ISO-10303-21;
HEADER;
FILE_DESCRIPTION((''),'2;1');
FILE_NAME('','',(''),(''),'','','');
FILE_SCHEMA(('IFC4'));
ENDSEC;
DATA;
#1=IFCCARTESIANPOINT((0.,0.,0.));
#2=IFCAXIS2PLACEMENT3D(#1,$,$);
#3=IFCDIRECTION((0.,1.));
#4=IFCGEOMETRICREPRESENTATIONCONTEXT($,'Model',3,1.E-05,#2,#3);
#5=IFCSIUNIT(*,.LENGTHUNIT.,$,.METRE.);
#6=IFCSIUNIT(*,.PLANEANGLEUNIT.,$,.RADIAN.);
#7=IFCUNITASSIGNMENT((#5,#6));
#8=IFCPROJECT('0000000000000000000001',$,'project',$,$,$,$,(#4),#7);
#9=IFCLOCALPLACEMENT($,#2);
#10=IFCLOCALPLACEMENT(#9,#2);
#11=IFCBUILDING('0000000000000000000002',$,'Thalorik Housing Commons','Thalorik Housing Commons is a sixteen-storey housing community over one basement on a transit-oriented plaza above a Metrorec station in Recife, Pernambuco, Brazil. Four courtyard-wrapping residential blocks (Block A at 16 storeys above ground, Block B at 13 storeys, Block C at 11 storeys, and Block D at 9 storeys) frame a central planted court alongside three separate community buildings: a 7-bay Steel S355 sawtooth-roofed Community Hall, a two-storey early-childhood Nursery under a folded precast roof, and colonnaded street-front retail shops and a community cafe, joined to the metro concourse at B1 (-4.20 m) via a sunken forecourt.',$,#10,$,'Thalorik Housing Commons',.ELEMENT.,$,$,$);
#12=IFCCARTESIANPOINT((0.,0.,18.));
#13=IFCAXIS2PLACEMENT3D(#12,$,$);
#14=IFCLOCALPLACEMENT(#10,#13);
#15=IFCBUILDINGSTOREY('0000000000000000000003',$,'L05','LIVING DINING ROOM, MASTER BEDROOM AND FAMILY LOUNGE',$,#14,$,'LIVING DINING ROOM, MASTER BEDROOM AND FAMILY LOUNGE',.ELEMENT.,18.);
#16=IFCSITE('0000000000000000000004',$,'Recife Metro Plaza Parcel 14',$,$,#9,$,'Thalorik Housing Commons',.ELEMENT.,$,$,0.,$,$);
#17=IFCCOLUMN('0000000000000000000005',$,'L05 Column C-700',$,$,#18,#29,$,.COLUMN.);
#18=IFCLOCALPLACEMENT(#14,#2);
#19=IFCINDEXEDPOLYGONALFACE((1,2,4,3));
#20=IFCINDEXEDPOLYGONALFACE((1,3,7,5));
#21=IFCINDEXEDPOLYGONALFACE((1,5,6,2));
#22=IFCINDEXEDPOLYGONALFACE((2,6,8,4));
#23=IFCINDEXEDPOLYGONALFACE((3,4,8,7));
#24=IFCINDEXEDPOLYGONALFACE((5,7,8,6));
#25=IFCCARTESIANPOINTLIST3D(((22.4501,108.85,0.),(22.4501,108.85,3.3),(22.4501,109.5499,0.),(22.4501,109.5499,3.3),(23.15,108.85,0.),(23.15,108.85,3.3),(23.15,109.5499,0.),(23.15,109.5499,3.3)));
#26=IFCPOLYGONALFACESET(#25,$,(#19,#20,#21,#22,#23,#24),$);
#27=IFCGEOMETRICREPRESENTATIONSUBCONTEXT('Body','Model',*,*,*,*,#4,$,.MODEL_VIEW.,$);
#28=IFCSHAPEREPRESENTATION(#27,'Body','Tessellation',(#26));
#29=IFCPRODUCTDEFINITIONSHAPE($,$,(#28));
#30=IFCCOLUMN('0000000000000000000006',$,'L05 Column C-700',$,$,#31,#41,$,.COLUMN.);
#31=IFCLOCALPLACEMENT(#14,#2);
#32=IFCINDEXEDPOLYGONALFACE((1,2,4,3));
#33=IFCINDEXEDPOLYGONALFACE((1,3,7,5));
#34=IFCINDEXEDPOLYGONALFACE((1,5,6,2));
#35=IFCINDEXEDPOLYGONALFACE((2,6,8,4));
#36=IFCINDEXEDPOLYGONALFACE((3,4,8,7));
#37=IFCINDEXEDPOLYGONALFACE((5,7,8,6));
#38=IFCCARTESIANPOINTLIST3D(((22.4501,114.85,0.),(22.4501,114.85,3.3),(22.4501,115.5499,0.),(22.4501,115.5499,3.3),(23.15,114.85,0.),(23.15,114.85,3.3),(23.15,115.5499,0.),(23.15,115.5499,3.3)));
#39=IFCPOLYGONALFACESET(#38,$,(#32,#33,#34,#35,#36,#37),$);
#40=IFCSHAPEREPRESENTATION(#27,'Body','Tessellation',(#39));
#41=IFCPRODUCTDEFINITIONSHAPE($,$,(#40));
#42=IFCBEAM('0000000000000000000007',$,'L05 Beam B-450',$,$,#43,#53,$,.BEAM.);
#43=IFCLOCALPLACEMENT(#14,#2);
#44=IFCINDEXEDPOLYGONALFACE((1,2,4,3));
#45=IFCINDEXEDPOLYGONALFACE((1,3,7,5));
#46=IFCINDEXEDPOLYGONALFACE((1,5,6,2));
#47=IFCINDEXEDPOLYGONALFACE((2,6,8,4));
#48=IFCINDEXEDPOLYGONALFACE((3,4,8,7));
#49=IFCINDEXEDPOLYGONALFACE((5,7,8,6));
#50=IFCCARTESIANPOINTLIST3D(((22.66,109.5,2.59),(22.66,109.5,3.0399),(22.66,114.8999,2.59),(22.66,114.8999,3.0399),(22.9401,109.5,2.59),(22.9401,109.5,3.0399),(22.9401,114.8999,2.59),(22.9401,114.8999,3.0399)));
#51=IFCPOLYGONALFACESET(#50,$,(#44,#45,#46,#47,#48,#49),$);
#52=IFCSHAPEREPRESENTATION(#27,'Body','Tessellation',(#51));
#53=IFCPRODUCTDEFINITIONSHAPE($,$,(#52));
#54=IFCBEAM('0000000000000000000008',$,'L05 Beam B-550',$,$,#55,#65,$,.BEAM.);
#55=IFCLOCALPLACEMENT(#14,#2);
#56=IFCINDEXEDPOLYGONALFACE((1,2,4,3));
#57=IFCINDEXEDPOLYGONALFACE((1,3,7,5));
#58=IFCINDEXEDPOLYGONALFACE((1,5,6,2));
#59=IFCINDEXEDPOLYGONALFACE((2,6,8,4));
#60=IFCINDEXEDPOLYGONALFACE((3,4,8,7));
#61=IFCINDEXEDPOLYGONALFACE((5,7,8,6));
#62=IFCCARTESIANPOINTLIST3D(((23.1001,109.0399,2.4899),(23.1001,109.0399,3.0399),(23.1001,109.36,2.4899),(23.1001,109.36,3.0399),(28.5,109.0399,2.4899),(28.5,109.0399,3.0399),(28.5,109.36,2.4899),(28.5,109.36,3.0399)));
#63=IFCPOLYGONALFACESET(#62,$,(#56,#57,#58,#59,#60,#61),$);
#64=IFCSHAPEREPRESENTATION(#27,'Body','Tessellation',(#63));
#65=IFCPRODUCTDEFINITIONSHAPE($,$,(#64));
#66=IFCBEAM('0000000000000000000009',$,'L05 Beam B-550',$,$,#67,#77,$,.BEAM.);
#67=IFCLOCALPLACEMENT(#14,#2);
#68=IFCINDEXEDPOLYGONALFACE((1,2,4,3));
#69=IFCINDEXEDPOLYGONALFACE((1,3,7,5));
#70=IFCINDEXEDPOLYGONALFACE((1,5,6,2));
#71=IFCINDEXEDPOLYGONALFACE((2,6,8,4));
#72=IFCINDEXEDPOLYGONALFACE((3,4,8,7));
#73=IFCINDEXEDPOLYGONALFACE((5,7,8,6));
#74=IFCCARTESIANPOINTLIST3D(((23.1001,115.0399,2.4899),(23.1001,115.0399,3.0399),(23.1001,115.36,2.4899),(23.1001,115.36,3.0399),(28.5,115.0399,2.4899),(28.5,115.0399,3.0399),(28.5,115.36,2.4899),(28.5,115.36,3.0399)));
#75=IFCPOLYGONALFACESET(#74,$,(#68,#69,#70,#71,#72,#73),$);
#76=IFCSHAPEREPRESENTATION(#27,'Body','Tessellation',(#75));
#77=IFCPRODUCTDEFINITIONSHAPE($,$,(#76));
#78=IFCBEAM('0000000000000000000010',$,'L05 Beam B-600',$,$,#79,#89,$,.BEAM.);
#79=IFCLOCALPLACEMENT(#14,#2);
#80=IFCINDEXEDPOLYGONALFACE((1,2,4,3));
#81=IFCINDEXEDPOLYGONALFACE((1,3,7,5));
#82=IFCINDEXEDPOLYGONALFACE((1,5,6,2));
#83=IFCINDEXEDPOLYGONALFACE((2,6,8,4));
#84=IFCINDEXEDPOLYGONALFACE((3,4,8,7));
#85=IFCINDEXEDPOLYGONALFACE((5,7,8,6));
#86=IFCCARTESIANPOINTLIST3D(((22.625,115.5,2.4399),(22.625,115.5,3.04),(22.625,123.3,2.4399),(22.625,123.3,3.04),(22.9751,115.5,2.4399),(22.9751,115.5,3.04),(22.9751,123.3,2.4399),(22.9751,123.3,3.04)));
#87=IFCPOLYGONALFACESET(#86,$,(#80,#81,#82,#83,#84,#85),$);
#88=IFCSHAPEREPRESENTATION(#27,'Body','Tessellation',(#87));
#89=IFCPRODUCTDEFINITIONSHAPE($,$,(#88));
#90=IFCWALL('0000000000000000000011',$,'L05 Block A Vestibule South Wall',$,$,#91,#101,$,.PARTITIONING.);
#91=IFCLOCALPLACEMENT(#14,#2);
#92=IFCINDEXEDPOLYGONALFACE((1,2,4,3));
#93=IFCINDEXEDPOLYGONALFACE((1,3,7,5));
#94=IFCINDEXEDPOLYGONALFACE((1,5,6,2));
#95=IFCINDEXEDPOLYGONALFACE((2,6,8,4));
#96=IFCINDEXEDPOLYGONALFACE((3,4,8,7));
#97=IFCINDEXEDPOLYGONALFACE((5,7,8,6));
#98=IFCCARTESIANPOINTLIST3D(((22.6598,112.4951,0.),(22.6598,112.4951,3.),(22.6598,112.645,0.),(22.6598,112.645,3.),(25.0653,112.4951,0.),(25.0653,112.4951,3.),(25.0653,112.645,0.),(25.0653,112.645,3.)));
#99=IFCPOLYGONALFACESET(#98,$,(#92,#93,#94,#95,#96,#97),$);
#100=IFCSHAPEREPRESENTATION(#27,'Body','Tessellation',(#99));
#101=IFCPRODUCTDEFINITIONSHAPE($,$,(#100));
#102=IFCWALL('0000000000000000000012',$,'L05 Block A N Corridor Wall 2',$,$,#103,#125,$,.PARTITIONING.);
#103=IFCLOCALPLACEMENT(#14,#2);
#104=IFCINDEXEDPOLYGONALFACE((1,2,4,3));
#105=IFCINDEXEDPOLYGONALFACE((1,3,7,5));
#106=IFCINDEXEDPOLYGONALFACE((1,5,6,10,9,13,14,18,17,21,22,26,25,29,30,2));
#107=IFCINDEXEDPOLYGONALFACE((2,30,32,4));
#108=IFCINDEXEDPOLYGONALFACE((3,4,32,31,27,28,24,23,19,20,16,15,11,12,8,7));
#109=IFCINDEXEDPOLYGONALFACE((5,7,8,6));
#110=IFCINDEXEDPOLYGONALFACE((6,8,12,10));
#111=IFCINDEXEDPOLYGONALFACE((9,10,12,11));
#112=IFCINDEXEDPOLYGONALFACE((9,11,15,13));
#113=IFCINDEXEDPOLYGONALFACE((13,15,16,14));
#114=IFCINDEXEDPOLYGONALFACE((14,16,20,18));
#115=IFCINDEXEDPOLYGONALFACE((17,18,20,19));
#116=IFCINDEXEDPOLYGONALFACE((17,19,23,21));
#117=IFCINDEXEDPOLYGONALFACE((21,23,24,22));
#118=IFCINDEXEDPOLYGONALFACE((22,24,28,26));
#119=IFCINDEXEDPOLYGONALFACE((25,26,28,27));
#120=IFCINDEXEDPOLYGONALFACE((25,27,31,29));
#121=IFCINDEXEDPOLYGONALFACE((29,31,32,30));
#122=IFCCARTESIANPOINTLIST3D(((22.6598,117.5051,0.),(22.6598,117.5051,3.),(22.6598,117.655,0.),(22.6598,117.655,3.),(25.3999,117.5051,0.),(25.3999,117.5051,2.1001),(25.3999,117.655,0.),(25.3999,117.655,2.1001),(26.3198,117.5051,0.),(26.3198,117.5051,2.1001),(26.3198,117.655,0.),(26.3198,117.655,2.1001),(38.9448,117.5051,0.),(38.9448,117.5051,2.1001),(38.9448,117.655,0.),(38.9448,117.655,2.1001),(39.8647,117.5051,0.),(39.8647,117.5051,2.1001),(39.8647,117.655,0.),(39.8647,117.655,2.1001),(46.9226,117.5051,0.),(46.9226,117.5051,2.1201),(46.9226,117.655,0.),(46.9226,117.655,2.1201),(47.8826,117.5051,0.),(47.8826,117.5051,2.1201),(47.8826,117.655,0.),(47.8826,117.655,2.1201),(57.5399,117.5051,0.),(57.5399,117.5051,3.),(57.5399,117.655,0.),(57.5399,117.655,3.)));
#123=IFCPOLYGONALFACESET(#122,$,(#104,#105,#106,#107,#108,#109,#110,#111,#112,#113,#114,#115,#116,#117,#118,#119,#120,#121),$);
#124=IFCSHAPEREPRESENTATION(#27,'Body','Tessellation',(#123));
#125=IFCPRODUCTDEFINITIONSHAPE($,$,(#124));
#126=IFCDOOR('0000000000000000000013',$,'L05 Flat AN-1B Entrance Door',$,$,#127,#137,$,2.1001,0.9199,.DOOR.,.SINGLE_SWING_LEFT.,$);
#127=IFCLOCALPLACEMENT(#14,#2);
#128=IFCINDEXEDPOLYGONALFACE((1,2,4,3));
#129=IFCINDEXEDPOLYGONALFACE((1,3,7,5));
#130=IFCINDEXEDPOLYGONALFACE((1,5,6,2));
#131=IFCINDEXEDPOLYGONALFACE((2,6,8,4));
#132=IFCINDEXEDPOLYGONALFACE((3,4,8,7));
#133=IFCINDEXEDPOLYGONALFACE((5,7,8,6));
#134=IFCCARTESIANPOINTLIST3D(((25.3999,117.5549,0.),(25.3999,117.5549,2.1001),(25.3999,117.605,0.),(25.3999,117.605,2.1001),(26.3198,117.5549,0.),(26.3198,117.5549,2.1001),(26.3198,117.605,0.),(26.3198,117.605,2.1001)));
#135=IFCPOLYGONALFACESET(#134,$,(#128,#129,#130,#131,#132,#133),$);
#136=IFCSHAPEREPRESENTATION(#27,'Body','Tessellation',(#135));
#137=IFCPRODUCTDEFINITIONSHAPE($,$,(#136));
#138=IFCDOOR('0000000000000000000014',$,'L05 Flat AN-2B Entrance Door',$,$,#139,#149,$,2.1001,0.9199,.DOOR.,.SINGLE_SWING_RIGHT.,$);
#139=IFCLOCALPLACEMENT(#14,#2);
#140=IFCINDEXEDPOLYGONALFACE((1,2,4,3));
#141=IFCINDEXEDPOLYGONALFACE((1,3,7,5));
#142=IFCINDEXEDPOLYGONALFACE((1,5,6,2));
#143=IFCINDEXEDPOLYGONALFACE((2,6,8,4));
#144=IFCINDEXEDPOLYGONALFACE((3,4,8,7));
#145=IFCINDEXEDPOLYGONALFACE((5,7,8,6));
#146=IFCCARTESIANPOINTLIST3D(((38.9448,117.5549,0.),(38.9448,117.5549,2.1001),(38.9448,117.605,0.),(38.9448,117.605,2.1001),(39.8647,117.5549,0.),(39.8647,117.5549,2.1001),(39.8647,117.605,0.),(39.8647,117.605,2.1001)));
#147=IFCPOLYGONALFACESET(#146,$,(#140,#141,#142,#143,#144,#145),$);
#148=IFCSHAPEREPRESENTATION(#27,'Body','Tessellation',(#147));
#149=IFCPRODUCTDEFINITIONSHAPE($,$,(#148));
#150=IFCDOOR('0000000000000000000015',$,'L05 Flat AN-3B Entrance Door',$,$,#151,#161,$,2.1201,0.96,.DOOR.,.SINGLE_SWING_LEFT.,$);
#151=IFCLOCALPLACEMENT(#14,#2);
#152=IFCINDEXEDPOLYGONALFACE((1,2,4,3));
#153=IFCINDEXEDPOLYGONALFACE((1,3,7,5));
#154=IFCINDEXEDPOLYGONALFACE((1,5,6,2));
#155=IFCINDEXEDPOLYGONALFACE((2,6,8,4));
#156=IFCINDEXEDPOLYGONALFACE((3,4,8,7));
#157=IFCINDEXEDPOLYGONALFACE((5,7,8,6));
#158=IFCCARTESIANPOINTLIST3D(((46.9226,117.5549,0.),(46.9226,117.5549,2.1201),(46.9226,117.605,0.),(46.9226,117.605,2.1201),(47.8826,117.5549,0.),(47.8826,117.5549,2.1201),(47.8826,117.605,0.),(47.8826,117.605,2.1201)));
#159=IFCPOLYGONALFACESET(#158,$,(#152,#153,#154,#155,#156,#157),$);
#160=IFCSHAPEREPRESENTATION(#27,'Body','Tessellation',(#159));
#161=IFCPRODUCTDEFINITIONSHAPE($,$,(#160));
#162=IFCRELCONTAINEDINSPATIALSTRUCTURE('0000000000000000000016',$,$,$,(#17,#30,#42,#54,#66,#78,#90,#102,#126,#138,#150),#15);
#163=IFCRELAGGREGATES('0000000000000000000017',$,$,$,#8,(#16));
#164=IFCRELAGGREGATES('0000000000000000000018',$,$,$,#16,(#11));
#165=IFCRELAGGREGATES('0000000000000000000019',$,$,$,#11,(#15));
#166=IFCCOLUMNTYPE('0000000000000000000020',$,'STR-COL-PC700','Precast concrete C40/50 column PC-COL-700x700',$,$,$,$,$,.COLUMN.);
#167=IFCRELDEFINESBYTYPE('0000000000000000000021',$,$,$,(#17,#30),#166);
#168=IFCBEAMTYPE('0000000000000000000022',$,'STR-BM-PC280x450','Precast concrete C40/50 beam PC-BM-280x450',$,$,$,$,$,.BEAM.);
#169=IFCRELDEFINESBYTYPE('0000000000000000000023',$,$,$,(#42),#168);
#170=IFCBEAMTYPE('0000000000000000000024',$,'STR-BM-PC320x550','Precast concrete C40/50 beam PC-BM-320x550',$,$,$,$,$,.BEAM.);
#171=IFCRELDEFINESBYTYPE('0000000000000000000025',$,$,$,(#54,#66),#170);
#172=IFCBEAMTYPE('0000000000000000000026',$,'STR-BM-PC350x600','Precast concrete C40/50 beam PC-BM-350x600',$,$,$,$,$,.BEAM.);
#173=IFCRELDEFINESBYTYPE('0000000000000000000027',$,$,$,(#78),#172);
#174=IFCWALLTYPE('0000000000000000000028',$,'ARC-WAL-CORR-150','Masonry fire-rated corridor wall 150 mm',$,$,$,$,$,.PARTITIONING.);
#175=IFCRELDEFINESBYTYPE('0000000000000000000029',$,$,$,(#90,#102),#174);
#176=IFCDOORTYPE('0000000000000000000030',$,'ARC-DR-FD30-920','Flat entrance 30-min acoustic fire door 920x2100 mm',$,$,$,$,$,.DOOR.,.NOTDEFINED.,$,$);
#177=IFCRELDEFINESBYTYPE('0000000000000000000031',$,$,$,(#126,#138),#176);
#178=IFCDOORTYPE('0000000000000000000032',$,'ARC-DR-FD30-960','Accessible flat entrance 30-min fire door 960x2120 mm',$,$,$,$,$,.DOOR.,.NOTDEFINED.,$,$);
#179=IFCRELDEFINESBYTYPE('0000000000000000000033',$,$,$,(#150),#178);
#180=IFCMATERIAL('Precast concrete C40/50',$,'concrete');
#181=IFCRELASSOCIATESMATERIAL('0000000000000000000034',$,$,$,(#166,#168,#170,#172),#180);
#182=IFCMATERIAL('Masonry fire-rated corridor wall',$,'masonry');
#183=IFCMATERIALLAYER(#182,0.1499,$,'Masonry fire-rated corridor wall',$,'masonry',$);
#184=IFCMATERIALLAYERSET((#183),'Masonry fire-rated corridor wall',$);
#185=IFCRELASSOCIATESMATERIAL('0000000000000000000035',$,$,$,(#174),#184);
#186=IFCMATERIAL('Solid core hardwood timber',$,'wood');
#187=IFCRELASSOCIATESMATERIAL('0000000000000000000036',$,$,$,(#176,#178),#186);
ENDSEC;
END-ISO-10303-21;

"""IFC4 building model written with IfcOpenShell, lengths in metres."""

from ifc_helpers import new_model, si_unit, direction, frame, frame_2d, origin, origin_2d, place, context, subcontext, project, spatial, rectangle, extrude, material, layer, layer_set, material_profile, profile_set, type_object, element, fill, save


model = new_model("IFC4")

# Units and contexts
model_context = context("Model", 3, precision=1e-05, world=origin(), true_north=direction((0.0, 1.0)))
body_context = subcontext(model_context, "Body", "Model", "MODEL_VIEW")
ifc_project = project(units=[si_unit("LENGTHUNIT", "METRE"), si_unit("PLANEANGLEUNIT", "RADIAN")], contexts=[model_context])

# Site, building, storey
site_placement = place(None, origin())
site = spatial("IfcSite", under=ifc_project, at=site_placement, Name="Recife Metro Plaza Parcel 14", LongName="Thalorik Housing Commons", CompositionType="ELEMENT", RefElevation=0.0)
building_placement = place(site_placement, origin())
building = spatial("IfcBuilding", under=site, at=building_placement, Name="Thalorik Housing Commons", Description="Thalorik Housing Commons is a sixteen-storey housing community over one basement on a transit-oriented plaza above a Metrorec station in Recife, Pernambuco, Brazil. Four courtyard-wrapping residential blocks (Block A at 16 storeys above ground, Block B at 13 storeys, Block C at 11 storeys, and Block D at 9 storeys) frame a central planted court alongside three separate community buildings: a 7-bay Steel S355 sawtooth-roofed Community Hall, a two-storey early-childhood Nursery under a folded precast roof, and colonnaded street-front retail shops and a community cafe, joined to the metro concourse at B1 (-4.20 m) via a sunken forecourt.", LongName="Thalorik Housing Commons", CompositionType="ELEMENT")
storey_placement = place(building_placement, frame((0.0, 0.0, 18.0)))
storey = spatial("IfcBuildingStorey", under=building, at=storey_placement, Name="L05", Description="LIVING DINING ROOM, MASTER BEDROOM AND FAMILY LOUNGE", LongName="LIVING DINING ROOM, MASTER BEDROOM AND FAMILY LOUNGE", CompositionType="ELEMENT", Elevation=18.0)

# Columns
ifc_material_1 = material(Name="Precast concrete C40/50", Category="concrete")
ifc_material_profile_1 = material_profile(ifc_material_1, rectangle(XDim=0.7, YDim=0.7, at=origin_2d()), Name="PC 700x700", Category="concrete")
ifc_profile_set_1 = profile_set([ifc_material_profile_1], Name="Precast concrete C40/50")
column_type = type_object("IfcColumnType", Name="STR-COL-PC700", Description="Precast concrete C40/50 column PC-COL-700x700", PredefinedType="COLUMN", material=ifc_profile_set_1)
for number, where, z_axis, x_axis, name in (
    (1, (22.8, 109.2, 0.0), (0.0, 0.0, 1.0), (1.0, 0.0, 0.0), "L05 Column C-700"),
    (2, (22.8, 115.2, 0.0), (0.0, 0.0, 1.0), (1.0, 0.0, 0.0), "L05 Column C-700"),
):
    element("IfcColumn", number, at=place(storey_placement, frame(where, z_axis=z_axis, x_axis=x_axis)), inside=storey, type_object=column_type, Name=name, PredefinedType="COLUMN", context=body_context, shape_type="SweptSolid", body=[
        extrude(rectangle(XDim=0.7, YDim=0.7, at=origin_2d()), origin(), (0.0, 0.0, 1.0), 3.3),
    ])

# Beams
ifc_material_profile_2 = material_profile(ifc_material_1, rectangle(XDim=0.28, YDim=0.45, at=origin_2d()), Name="PC 280x450", Category="concrete")
ifc_profile_set_2 = profile_set([ifc_material_profile_2], Name="Precast concrete C40/50")
beam_type_1 = type_object("IfcBeamType", Name="STR-BM-PC280x450", Description="Precast concrete C40/50 beam PC-BM-280x450", PredefinedType="BEAM", material=ifc_profile_set_2)
beam_1_placement = place(storey_placement, frame((22.8, 109.5, 2.8149), z_axis=(0.0, 1.0, 0.0), x_axis=(-1.0, 0.0, 0.0)))
element("IfcBeam", 3, at=beam_1_placement, inside=storey, type_object=beam_type_1, Name="L05 Beam B-450", PredefinedType="BEAM", context=body_context, shape_type="SweptSolid", body=[
    extrude(rectangle(XDim=0.28, YDim=0.45, at=origin_2d()), origin(), (0.0, 0.0, 1.0), 5.3999),
])
ifc_material_profile_3 = material_profile(ifc_material_1, rectangle(XDim=0.3201, YDim=0.55, at=origin_2d()), Name="PC 320x550", Category="concrete")
ifc_profile_set_3 = profile_set([ifc_material_profile_3], Name="Precast concrete C40/50")
beam_type_2 = type_object("IfcBeamType", Name="STR-BM-PC320x550", Description="Precast concrete C40/50 beam PC-BM-320x550", PredefinedType="BEAM", material=ifc_profile_set_3)
for number, where, z_axis, x_axis, name in (
    (4, (23.1001, 109.2, 2.7649), (1.0, 0.0, 0.0), (0.0, 1.0, 0.0), "L05 Beam B-550"),
    (5, (23.1001, 115.2, 2.7649), (1.0, 0.0, 0.0), (0.0, 1.0, 0.0), "L05 Beam B-550"),
):
    element("IfcBeam", number, at=place(storey_placement, frame(where, z_axis=z_axis, x_axis=x_axis)), inside=storey, type_object=beam_type_2, Name=name, PredefinedType="BEAM", context=body_context, shape_type="SweptSolid", body=[
        extrude(rectangle(XDim=0.3201, YDim=0.55, at=origin_2d()), origin(), (0.0, 0.0, 1.0), 5.3999),
    ])
ifc_material_profile_4 = material_profile(ifc_material_1, rectangle(XDim=0.3501, YDim=0.6001, at=origin_2d()), Name="PC 350x600", Category="concrete")
ifc_profile_set_4 = profile_set([ifc_material_profile_4], Name="Precast concrete C40/50")
beam_type_3 = type_object("IfcBeamType", Name="STR-BM-PC350x600", Description="Precast concrete C40/50 beam PC-BM-350x600", PredefinedType="BEAM", material=ifc_profile_set_4)
beam_2_placement = place(storey_placement, frame((22.8, 115.5, 2.74), z_axis=(0.0, 1.0, 0.0), x_axis=(-1.0, 0.0, 0.0)))
element("IfcBeam", 6, at=beam_2_placement, inside=storey, type_object=beam_type_3, Name="L05 Beam B-600", PredefinedType="BEAM", context=body_context, shape_type="SweptSolid", body=[
    extrude(rectangle(XDim=0.3501, YDim=0.6001, at=origin_2d()), origin(), (0.0, 0.0, 1.0), 7.8),
])

# Wall
ifc_material_2 = material(Name="Masonry fire-rated corridor wall", Category="masonry")
ifc_layer_1 = layer(ifc_material_2, 0.1499, Name="Masonry fire-rated corridor wall", Category="masonry")
ifc_layer_set_1 = layer_set([ifc_layer_1], Name="Masonry fire-rated corridor wall")
wall_type_1 = type_object("IfcWallType", Name="ARC-WAL-CORR-150", Description="Masonry fire-rated corridor wall 150 mm", PredefinedType="PARTITIONING", material=ifc_layer_set_1)
wall_1_placement = place(storey_placement, frame((22.6599, 112.5701, 0.0), z_axis=(0.0, 0.0, 1.0), x_axis=(1.0, 0.0, 0.0)))
element("IfcWall", 7, at=wall_1_placement, inside=storey, type_object=wall_type_1, Name="L05 Block A Vestibule South Wall", PredefinedType="PARTITIONING", context=body_context, shape_type="SweptSolid", body=[
    extrude(rectangle(XDim=2.4055, YDim=0.1499, at=frame_2d((1.2026, 0.0))), origin(), (0.0, 0.0, 1.0), 3.0),
])

# Wall, openings, doors
wall_2_placement = place(storey_placement, frame((22.6599, 117.5801, 0.0), z_axis=(0.0, 0.0, 1.0), x_axis=(1.0, 0.0, 0.0)))
wall_2 = element("IfcWall", 8, at=wall_2_placement, inside=storey, type_object=wall_type_1, Name="L05 Block A N Corridor Wall 2", PredefinedType="PARTITIONING", context=body_context, shape_type="SweptSolid", body=[
    extrude(rectangle(XDim=34.8801, YDim=0.1499, at=frame_2d((17.4399, 0.0))), origin(), (0.0, 0.0, 1.0), 3.0),
])
opening_1_placement = place(wall_2_placement, frame((2.74, 0.0, 0.0)))
opening_1 = element("IfcOpeningElement", 9, at=opening_1_placement, cuts=wall_2, PredefinedType="OPENING", context=body_context, shape_type="SweptSolid", body=[
    extrude(rectangle(XDim=0.9199, YDim=2.1001, at=frame_2d((0.46, 1.05))), frame((0.0, 0.085, 0.0), z_axis=(0.0, -1.0, 0.0), x_axis=(1.0, 0.0, 0.0)), (0.0, 0.0, 1.0), 0.1699),
])
opening_2_placement = place(wall_2_placement, frame((16.2849, 0.0, 0.0)))
opening_2 = element("IfcOpeningElement", 10, at=opening_2_placement, cuts=wall_2, PredefinedType="OPENING", context=body_context, shape_type="SweptSolid", body=[
    extrude(rectangle(XDim=0.9199, YDim=2.1001, at=frame_2d((0.46, 1.05))), frame((0.0, 0.085, 0.0), z_axis=(0.0, -1.0, 0.0), x_axis=(1.0, 0.0, 0.0)), (0.0, 0.0, 1.0), 0.1699),
])
opening_3_placement = place(wall_2_placement, frame((24.2627, 0.0, 0.0)))
opening_3 = element("IfcOpeningElement", 11, at=opening_3_placement, cuts=wall_2, PredefinedType="OPENING", context=body_context, shape_type="SweptSolid", body=[
    extrude(rectangle(XDim=0.96, YDim=2.1201, at=frame_2d((0.48, 1.0601))), frame((0.0, 0.085, 0.0), z_axis=(0.0, -1.0, 0.0), x_axis=(1.0, 0.0, 0.0)), (0.0, 0.0, 1.0), 0.1699),
])
ifc_material_3 = material(Name="Solid core hardwood timber", Category="wood")
door_type_1 = type_object("IfcDoorType", Name="ARC-DR-FD30-920", Description="Flat entrance 30-min acoustic fire door 920x2100 mm", OperationType="NOTDEFINED", PredefinedType="DOOR", material=ifc_material_3)
door_1_placement = place(opening_1_placement, origin())
door_1 = element("IfcDoor", 12, at=door_1_placement, inside=storey, type_object=door_type_1, Name="L05 Flat AN-1B Entrance Door", OperationType="SINGLE_SWING_LEFT", OverallHeight=2.1001, OverallWidth=0.9199, PredefinedType="DOOR", context=body_context, shape_type="SweptSolid", body=[
    extrude(rectangle(XDim=0.9199, YDim=2.1001, at=frame_2d((0.46, 1.05))), frame((0.0, 0.0249, 0.0), z_axis=(0.0, -1.0, 0.0), x_axis=(1.0, 0.0, 0.0)), (0.0, 0.0, 1.0), 0.05),
])
fill(opening_1, door_1)
door_2_placement = place(opening_2_placement, origin())
door_2 = element("IfcDoor", 13, at=door_2_placement, inside=storey, type_object=door_type_1, Name="L05 Flat AN-2B Entrance Door", OperationType="SINGLE_SWING_RIGHT", OverallHeight=2.1001, OverallWidth=0.9199, PredefinedType="DOOR", context=body_context, shape_type="SweptSolid", body=[
    extrude(rectangle(XDim=0.9199, YDim=2.1001, at=frame_2d((0.46, 1.05))), frame((0.0, 0.0249, 0.0), z_axis=(0.0, -1.0, 0.0), x_axis=(1.0, 0.0, 0.0)), (0.0, 0.0, 1.0), 0.05),
])
fill(opening_2, door_2)
door_type_2 = type_object("IfcDoorType", Name="ARC-DR-FD30-960", Description="Accessible flat entrance 30-min fire door 960x2120 mm", OperationType="NOTDEFINED", PredefinedType="DOOR", material=ifc_material_3)
door_3_placement = place(opening_3_placement, origin())
door_3 = element("IfcDoor", 14, at=door_3_placement, inside=storey, type_object=door_type_2, Name="L05 Flat AN-3B Entrance Door", OperationType="SINGLE_SWING_LEFT", OverallHeight=2.1201, OverallWidth=0.96, PredefinedType="DOOR", context=body_context, shape_type="SweptSolid", body=[
    extrude(rectangle(XDim=0.96, YDim=2.1201, at=frame_2d((0.48, 1.0601))), frame((0.0, 0.0249, 0.0), z_axis=(0.0, -1.0, 0.0), x_axis=(1.0, 0.0, 0.0)), (0.0, 0.0, 1.0), 0.05),
])
fill(opening_3, door_3)

save(model, "model.ifc")
